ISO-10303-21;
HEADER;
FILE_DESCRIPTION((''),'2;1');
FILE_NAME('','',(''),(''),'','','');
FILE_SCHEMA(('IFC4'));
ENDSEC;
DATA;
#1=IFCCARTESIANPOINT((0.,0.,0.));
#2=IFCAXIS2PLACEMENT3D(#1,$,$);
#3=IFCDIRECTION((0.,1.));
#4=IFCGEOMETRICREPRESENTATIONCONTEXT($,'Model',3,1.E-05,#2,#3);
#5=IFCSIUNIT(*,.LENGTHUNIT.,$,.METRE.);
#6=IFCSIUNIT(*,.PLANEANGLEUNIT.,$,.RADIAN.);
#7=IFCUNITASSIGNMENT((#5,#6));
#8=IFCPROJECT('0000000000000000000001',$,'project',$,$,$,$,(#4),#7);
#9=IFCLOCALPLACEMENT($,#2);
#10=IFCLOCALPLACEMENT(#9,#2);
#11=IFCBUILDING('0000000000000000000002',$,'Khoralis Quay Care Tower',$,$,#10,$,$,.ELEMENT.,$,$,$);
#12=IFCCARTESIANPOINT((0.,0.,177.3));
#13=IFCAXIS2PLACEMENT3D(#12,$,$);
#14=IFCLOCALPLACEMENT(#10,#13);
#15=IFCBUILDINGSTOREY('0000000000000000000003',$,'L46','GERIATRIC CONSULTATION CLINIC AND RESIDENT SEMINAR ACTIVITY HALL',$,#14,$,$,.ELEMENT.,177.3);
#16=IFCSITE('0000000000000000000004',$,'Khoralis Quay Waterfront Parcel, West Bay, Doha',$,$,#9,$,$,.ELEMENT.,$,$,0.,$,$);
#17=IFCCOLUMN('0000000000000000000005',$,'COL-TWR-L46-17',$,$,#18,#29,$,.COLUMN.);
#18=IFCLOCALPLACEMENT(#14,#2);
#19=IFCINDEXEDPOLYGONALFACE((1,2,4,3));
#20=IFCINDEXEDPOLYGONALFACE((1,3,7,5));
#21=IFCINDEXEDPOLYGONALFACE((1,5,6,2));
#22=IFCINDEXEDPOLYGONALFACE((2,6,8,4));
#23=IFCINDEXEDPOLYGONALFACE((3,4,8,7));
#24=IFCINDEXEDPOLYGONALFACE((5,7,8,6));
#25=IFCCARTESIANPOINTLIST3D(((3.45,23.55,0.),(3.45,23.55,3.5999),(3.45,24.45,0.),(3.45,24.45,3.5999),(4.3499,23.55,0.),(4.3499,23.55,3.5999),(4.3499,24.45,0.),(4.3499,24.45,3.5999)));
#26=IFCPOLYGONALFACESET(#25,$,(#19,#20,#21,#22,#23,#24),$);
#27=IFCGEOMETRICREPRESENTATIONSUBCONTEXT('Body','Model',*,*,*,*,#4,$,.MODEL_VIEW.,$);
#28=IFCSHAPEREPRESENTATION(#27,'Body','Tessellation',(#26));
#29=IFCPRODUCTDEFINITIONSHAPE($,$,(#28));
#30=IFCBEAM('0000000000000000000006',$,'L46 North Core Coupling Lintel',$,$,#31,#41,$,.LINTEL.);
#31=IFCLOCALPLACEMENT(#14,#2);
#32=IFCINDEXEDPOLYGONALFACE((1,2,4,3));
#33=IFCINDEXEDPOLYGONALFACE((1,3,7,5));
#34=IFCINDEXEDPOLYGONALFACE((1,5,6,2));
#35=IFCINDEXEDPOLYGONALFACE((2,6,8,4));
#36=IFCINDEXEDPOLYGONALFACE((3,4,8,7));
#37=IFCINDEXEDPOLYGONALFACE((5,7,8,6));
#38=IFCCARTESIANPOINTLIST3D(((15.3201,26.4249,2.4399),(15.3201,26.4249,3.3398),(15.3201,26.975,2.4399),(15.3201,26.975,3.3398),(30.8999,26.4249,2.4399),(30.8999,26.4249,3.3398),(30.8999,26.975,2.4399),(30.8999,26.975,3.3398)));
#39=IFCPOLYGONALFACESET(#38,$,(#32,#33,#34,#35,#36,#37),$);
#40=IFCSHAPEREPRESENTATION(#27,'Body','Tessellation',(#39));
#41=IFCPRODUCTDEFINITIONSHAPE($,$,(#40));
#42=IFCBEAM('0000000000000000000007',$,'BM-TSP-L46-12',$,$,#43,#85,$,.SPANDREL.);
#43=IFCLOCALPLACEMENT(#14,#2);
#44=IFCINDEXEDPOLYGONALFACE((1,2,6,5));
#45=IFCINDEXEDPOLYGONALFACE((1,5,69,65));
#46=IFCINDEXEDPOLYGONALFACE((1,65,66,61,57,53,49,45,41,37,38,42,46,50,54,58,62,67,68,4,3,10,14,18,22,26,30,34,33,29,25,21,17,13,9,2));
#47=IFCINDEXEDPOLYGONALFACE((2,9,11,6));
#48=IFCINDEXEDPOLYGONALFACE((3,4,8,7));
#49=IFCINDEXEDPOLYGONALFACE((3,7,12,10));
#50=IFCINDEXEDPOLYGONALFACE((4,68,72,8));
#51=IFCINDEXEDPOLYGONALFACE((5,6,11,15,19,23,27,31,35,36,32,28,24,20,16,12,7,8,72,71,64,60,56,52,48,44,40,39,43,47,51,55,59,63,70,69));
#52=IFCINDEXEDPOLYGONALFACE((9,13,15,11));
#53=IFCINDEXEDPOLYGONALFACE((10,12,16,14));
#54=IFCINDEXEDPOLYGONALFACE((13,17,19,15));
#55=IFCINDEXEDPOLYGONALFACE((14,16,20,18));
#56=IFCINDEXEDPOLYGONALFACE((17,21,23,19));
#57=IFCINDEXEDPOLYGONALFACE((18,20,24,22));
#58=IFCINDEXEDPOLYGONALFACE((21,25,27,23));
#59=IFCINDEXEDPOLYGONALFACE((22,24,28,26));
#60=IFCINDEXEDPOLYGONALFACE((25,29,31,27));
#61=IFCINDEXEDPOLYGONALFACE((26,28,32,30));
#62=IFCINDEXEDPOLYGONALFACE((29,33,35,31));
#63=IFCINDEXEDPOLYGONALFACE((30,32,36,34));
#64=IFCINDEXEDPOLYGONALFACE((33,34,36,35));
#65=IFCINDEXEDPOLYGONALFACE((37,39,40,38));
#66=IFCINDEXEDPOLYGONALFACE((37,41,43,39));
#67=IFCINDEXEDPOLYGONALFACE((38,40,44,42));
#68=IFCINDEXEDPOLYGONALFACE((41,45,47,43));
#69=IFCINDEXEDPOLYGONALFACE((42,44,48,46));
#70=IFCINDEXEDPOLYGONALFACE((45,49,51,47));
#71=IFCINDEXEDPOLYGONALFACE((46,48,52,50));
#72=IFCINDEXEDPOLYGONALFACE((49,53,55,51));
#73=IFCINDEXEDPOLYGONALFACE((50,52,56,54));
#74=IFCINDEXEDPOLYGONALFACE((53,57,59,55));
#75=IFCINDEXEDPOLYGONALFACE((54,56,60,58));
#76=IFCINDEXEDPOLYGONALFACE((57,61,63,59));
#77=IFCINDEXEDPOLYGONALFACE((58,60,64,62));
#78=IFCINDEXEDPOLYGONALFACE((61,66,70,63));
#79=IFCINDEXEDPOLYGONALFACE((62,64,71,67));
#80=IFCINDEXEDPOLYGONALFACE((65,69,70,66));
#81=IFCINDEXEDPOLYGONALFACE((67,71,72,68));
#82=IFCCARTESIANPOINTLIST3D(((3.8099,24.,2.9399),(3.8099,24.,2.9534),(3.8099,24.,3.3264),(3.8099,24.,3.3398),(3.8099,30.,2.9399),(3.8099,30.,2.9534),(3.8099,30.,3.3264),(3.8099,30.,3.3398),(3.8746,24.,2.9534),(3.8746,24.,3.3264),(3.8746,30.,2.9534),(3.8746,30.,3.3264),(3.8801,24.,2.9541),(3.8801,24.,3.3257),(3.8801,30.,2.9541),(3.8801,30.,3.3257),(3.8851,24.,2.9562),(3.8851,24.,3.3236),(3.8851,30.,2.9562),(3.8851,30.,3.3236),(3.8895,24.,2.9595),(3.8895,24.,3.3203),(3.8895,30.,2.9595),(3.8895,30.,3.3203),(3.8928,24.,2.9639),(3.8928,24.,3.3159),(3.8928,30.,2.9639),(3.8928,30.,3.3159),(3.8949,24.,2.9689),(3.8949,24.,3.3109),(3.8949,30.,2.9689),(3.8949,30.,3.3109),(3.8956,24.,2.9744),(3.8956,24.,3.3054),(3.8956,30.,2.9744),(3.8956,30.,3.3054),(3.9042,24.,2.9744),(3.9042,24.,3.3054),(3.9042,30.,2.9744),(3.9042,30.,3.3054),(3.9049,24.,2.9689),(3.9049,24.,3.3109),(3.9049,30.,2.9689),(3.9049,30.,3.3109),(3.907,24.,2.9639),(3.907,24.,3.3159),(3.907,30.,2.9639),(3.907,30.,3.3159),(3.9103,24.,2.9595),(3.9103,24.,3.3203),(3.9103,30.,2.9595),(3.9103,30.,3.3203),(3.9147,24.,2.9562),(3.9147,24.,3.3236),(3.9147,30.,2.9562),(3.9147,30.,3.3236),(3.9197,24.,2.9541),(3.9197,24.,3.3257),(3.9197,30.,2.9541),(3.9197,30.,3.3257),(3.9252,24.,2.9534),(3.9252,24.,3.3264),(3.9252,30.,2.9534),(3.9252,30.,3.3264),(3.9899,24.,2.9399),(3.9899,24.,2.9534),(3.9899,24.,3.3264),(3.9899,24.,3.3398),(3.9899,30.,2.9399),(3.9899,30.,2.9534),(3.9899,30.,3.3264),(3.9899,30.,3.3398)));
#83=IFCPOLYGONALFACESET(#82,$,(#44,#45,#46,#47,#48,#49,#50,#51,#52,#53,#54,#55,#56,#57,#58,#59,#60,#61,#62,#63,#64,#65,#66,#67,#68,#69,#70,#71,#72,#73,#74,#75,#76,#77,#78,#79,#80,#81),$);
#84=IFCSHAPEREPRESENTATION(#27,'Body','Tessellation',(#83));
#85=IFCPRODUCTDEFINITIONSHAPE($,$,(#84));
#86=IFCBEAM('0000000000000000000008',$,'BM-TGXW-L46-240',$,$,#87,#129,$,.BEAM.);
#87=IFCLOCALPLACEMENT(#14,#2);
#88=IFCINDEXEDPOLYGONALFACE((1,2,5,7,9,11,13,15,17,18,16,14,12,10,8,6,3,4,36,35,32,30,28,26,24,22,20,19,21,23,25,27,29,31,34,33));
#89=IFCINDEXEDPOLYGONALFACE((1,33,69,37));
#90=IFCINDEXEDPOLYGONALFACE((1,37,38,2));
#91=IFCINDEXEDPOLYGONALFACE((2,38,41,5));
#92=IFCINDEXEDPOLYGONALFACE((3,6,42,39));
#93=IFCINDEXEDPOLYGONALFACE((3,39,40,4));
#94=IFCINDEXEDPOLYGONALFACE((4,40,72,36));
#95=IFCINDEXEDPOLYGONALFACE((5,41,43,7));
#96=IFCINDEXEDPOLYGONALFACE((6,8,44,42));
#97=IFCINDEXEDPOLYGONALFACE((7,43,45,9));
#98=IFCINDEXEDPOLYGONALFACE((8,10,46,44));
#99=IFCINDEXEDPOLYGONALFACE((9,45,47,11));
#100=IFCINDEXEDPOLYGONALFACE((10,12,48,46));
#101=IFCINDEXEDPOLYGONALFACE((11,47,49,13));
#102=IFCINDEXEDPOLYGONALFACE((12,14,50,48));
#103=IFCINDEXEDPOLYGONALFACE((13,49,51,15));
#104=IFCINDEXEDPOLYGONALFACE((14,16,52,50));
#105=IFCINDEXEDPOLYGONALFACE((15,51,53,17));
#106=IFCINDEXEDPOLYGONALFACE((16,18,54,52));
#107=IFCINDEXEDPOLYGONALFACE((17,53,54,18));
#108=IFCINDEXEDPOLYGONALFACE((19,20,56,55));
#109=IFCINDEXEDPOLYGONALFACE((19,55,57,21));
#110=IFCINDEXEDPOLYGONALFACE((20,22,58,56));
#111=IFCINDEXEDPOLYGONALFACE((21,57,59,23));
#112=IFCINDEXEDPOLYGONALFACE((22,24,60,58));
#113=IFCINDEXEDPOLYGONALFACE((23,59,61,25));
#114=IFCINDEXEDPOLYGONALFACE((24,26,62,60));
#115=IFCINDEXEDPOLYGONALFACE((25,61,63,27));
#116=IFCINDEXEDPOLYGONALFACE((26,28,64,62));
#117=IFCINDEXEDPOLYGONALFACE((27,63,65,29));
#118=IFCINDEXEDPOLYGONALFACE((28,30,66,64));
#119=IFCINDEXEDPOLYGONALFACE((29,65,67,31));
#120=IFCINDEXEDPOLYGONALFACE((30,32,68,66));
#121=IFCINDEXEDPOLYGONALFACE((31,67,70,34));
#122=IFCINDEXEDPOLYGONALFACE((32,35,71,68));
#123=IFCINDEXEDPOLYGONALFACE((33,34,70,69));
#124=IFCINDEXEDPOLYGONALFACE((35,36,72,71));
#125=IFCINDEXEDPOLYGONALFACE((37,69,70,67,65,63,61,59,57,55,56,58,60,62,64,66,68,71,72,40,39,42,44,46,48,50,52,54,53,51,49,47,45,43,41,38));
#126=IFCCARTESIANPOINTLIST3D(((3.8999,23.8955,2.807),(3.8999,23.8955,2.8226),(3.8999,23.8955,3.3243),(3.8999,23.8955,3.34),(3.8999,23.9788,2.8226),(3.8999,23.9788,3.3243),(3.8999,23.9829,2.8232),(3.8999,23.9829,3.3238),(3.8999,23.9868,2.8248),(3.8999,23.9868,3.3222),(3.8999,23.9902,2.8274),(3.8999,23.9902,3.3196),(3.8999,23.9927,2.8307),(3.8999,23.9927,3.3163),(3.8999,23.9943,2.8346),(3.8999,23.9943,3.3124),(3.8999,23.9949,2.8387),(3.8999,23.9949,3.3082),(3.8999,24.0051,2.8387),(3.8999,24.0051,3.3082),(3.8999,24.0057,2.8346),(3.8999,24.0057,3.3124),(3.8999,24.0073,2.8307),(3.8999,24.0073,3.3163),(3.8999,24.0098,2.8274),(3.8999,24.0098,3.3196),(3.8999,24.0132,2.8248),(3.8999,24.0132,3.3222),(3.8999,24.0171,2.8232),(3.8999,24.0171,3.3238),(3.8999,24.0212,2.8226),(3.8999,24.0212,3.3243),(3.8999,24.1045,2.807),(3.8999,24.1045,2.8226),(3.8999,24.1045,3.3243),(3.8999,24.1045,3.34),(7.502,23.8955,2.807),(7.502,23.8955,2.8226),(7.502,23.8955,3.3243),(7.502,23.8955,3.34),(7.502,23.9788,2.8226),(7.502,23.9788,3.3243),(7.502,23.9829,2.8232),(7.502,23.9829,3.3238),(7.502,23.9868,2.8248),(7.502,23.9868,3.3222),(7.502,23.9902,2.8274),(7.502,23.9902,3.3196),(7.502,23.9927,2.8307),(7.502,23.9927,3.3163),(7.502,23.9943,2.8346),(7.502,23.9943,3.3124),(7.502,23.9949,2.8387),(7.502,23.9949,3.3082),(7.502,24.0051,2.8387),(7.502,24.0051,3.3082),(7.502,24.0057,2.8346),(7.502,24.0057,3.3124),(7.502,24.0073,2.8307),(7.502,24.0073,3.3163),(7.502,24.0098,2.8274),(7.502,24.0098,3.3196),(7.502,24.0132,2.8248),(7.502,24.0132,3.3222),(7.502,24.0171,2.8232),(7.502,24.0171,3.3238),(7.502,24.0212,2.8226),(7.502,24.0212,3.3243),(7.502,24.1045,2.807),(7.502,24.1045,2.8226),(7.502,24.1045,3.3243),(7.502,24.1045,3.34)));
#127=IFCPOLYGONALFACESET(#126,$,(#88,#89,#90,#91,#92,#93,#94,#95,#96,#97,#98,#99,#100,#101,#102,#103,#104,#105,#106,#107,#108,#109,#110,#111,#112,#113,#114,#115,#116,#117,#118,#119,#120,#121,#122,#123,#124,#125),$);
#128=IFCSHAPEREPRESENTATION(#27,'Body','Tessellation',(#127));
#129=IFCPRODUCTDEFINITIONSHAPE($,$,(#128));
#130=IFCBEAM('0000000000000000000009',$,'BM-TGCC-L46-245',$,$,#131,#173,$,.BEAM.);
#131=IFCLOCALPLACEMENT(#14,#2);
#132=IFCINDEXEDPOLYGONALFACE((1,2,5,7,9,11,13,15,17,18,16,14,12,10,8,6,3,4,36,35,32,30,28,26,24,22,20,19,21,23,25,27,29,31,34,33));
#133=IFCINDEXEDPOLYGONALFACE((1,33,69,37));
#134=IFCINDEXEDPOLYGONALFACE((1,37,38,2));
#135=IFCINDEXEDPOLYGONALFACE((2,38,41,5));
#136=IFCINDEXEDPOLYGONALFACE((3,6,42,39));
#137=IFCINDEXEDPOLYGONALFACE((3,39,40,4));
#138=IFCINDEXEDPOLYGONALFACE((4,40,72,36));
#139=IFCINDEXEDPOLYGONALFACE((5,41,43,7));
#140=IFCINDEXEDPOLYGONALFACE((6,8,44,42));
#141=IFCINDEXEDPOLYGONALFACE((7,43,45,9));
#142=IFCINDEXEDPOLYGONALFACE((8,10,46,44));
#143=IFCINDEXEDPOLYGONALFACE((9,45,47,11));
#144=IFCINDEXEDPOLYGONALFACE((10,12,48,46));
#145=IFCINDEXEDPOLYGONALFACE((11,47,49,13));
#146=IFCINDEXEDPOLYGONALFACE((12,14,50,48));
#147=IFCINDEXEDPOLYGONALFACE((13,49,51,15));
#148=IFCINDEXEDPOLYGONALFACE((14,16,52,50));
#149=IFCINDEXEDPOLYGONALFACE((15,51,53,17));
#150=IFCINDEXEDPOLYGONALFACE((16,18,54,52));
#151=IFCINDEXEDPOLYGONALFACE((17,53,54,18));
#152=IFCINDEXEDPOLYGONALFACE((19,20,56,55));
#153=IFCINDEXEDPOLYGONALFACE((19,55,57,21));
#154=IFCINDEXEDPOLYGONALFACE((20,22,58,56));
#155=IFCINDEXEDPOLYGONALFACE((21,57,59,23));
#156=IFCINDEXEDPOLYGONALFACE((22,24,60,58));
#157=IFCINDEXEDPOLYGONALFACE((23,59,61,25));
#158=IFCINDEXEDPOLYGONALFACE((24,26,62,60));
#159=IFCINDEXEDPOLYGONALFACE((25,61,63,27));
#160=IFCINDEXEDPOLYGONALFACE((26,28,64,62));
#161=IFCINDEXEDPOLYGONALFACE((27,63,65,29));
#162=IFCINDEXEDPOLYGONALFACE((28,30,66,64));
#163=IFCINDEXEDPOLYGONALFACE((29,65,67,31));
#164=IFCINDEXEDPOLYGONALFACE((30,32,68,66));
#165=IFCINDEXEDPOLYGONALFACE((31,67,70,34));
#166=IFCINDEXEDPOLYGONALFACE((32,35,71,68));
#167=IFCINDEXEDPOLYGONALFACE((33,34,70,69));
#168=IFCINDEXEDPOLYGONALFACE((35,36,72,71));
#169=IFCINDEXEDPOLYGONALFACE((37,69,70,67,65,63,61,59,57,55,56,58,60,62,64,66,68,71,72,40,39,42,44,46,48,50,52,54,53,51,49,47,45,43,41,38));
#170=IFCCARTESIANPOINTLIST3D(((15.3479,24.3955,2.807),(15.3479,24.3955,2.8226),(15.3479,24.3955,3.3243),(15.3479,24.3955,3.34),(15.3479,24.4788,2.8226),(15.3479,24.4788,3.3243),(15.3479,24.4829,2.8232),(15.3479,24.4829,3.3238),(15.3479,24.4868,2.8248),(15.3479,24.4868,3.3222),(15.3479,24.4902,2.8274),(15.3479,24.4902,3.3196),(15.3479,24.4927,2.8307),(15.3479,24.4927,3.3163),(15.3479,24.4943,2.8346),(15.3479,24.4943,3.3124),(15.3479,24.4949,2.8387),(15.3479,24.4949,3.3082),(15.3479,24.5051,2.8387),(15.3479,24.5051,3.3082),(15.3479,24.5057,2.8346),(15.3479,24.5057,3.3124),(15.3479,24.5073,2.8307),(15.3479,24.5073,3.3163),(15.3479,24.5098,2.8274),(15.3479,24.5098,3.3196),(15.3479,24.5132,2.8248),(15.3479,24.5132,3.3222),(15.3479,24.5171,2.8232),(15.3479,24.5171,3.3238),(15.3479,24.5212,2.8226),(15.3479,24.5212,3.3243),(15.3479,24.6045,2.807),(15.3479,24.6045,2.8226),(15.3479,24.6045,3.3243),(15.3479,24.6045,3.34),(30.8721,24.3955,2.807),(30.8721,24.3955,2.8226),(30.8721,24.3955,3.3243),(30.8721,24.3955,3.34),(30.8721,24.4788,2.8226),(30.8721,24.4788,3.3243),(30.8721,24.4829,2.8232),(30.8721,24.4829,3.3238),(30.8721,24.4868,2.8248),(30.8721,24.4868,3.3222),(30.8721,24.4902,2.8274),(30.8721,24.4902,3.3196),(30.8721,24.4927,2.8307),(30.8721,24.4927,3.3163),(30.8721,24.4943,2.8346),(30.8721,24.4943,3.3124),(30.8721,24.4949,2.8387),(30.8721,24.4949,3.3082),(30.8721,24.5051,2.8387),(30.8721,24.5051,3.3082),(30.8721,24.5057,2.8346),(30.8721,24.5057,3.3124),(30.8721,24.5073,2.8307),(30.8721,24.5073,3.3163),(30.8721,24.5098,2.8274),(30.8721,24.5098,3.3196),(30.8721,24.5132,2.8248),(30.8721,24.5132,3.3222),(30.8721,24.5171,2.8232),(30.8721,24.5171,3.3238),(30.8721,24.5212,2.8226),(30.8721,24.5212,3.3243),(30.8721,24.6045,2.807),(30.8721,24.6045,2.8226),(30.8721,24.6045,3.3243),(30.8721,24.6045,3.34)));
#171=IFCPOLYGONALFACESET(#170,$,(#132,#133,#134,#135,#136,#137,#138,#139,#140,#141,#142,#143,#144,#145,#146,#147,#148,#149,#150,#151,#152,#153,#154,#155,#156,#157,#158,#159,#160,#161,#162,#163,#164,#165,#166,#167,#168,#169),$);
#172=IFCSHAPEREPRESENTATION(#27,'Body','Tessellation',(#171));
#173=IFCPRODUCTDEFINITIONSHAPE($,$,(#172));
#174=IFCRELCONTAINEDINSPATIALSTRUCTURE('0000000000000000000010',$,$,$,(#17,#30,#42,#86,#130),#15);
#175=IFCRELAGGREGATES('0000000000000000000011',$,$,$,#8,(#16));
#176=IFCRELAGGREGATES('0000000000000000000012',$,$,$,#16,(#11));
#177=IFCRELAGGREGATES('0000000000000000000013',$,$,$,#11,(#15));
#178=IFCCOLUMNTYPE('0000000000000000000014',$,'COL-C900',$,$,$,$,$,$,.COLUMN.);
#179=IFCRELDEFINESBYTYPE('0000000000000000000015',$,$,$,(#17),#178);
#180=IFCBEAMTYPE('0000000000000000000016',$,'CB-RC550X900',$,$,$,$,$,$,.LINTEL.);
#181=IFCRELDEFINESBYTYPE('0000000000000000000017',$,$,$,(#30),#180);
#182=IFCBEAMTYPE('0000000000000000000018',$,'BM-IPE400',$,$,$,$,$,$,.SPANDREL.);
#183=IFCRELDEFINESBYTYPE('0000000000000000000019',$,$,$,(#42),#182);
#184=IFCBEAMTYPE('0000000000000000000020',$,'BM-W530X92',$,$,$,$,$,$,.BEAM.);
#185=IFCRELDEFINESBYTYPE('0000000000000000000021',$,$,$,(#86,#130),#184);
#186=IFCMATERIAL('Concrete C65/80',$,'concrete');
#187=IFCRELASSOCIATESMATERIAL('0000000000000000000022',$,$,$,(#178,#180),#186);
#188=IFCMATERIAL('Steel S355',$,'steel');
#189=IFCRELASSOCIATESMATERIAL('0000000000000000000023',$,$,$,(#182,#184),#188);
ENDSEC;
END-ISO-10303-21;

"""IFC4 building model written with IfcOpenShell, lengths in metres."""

from ifc_helpers import new_model, si_unit, direction, frame, origin, origin_2d, place, context, subcontext, project, spatial, rectangle, i_section, extrude, source, transform, mapped, material, material_profile, profile_set, type_object, element, save


model = new_model("IFC4")

# Units and contexts
model_context = context("Model", 3, precision=1e-05, world=origin(), true_north=direction((0.0, 1.0)))
body_context = subcontext(model_context, "Body", "Model", "MODEL_VIEW")
ifc_project = project(units=[si_unit("LENGTHUNIT", "METRE"), si_unit("PLANEANGLEUNIT", "RADIAN")], contexts=[model_context])

# Site, building, storey
site_placement = place(None, origin())
site = spatial("IfcSite", under=ifc_project, at=site_placement, Name="Khoralis Quay Waterfront Parcel, West Bay, Doha", CompositionType="ELEMENT", RefElevation=0.0)
building_placement = place(site_placement, origin())
building = spatial("IfcBuilding", under=site, at=building_placement, Name="Khoralis Quay Care Tower", CompositionType="ELEMENT")
storey_placement = place(building_placement, frame((0.0, 0.0, 177.3)))
storey = spatial("IfcBuildingStorey", under=building, at=storey_placement, Name="L46", Description="GERIATRIC CONSULTATION CLINIC AND RESIDENT SEMINAR ACTIVITY HALL", CompositionType="ELEMENT", Elevation=177.3)

# Column
ifc_material_1 = material(Name="Concrete C65/80", Category="concrete")
ifc_material_profile_1 = material_profile(ifc_material_1, rectangle(XDim=0.8999, YDim=0.8999, at=origin_2d()), Name="Concrete C65/80")
ifc_profile_set_1 = profile_set([ifc_material_profile_1], Name="Concrete C65/80")
column_type = type_object("IfcColumnType", Name="COL-C900", PredefinedType="COLUMN", material=ifc_profile_set_1)
shared_shape_1 = source(origin(), body_context, "Body", "SweptSolid", [
    extrude(rectangle(XDim=0.8999, YDim=0.8999, at=origin_2d()), origin(), (0.0, 0.0, 1.0), 3.5999),
])
column_placement = place(storey_placement, frame((3.8999, 24.0, 0.0), z_axis=(0.0, 0.0, 1.0), x_axis=(1.0, 0.0, 0.0)))
element("IfcColumn", 1, at=column_placement, inside=storey, type_object=column_type, Name="COL-TWR-L46-17", PredefinedType="COLUMN", context=body_context, shape_type="MappedRepresentation", body=[
    mapped(shared_shape_1, transform((0.0, 0.0, 0.0), scale=1.0)),
])

# Beams
ifc_material_profile_2 = material_profile(ifc_material_1, rectangle(XDim=0.55, YDim=0.8999, at=origin_2d()), Name="Concrete C65/80")
ifc_profile_set_2 = profile_set([ifc_material_profile_2], Name="Concrete C65/80")
beam_type_1 = type_object("IfcBeamType", Name="CB-RC550X900", PredefinedType="LINTEL", material=ifc_profile_set_2)
shared_shape_2 = source(origin(), body_context, "Body", "SweptSolid", [
    extrude(rectangle(XDim=0.55, YDim=0.8999, at=origin_2d()), origin(), (0.0, 0.0, 1.0), 15.5798),
])
beam_1_placement = place(storey_placement, frame((15.3201, 26.7, 2.8899), z_axis=(1.0, 0.0, 0.0), x_axis=(0.0, 1.0, 0.0)))
element("IfcBeam", 2, at=beam_1_placement, inside=storey, type_object=beam_type_1, Name="L46 North Core Coupling Lintel", PredefinedType="LINTEL", context=body_context, shape_type="MappedRepresentation", body=[
    mapped(shared_shape_2, transform((0.0, 0.0, 0.0), scale=1.0)),
])
ifc_material_2 = material(Name="Steel S355", Category="steel")
ifc_material_profile_3 = material_profile(ifc_material_2, i_section(OverallWidth=0.1799, OverallDepth=0.3999, WebThickness=0.0085, FlangeThickness=0.0134, FilletRadius=0.021, at=origin_2d()), Name="Steel S355")
ifc_profile_set_3 = profile_set([ifc_material_profile_3], Name="Steel S355")
beam_type_2 = type_object("IfcBeamType", Name="BM-IPE400", PredefinedType="SPANDREL", material=ifc_profile_set_3)
shared_shape_3 = source(origin(), body_context, "Body", "SweptSolid", [
    extrude(i_section(OverallWidth=0.1799, OverallDepth=0.3999, WebThickness=0.0085, FlangeThickness=0.0134, FilletRadius=0.021, at=origin_2d()), origin(), (0.0, 0.0, 1.0), 6.0),
])
beam_2_placement = place(storey_placement, frame((3.8999, 24.0, 3.1399), z_axis=(0.0, 1.0, 0.0), x_axis=(-1.0, 0.0, 0.0)))
element("IfcBeam", 3, at=beam_2_placement, inside=storey, type_object=beam_type_2, Name="BM-TSP-L46-12", PredefinedType="SPANDREL", context=body_context, shape_type="MappedRepresentation", body=[
    mapped(shared_shape_3, transform((0.0, 0.0, 0.0), scale=1.0)),
])
ifc_material_profile_4 = material_profile(ifc_material_2, i_section(OverallWidth=0.209, OverallDepth=0.533, WebThickness=0.0103, FlangeThickness=0.0156, FilletRadius=0.0161, at=origin_2d()), Name="Steel S355")
ifc_profile_set_4 = profile_set([ifc_material_profile_4], Name="Steel S355")
beam_type_3 = type_object("IfcBeamType", Name="BM-W530X92", PredefinedType="BEAM", material=ifc_profile_set_4)
shared_shape_4 = source(origin(), body_context, "Body", "SweptSolid", [
    extrude(i_section(OverallWidth=0.209, OverallDepth=0.533, WebThickness=0.0103, FlangeThickness=0.0156, FilletRadius=0.0161, at=origin_2d()), origin(), (0.0, 0.0, 1.0), 3.6021),
])
beam_3_placement = place(storey_placement, frame((3.8999, 24.0, 3.0735), z_axis=(1.0, 0.0, 0.0), x_axis=(0.0, 1.0, 0.0)))
element("IfcBeam", 4, at=beam_3_placement, inside=storey, type_object=beam_type_3, Name="BM-TGXW-L46-240", PredefinedType="BEAM", context=body_context, shape_type="MappedRepresentation", body=[
    mapped(shared_shape_4, transform((0.0, 0.0, 0.0), scale=1.0)),
])
shared_shape_5 = source(origin(), body_context, "Body", "SweptSolid", [
    extrude(i_section(OverallWidth=0.209, OverallDepth=0.533, WebThickness=0.0103, FlangeThickness=0.0156, FilletRadius=0.0161, at=origin_2d()), origin(), (0.0, 0.0, 1.0), 15.5242),
])
beam_4_placement = place(storey_placement, frame((15.3479, 24.5, 3.0735), z_axis=(1.0, 0.0, 0.0), x_axis=(0.0, 1.0, 0.0)))
element("IfcBeam", 5, at=beam_4_placement, inside=storey, type_object=beam_type_3, Name="BM-TGCC-L46-245", PredefinedType="BEAM", context=body_context, shape_type="MappedRepresentation", body=[
    mapped(shared_shape_5, transform((0.0, 0.0, 0.0), scale=1.0)),
])

save(model, "model.ifc")
